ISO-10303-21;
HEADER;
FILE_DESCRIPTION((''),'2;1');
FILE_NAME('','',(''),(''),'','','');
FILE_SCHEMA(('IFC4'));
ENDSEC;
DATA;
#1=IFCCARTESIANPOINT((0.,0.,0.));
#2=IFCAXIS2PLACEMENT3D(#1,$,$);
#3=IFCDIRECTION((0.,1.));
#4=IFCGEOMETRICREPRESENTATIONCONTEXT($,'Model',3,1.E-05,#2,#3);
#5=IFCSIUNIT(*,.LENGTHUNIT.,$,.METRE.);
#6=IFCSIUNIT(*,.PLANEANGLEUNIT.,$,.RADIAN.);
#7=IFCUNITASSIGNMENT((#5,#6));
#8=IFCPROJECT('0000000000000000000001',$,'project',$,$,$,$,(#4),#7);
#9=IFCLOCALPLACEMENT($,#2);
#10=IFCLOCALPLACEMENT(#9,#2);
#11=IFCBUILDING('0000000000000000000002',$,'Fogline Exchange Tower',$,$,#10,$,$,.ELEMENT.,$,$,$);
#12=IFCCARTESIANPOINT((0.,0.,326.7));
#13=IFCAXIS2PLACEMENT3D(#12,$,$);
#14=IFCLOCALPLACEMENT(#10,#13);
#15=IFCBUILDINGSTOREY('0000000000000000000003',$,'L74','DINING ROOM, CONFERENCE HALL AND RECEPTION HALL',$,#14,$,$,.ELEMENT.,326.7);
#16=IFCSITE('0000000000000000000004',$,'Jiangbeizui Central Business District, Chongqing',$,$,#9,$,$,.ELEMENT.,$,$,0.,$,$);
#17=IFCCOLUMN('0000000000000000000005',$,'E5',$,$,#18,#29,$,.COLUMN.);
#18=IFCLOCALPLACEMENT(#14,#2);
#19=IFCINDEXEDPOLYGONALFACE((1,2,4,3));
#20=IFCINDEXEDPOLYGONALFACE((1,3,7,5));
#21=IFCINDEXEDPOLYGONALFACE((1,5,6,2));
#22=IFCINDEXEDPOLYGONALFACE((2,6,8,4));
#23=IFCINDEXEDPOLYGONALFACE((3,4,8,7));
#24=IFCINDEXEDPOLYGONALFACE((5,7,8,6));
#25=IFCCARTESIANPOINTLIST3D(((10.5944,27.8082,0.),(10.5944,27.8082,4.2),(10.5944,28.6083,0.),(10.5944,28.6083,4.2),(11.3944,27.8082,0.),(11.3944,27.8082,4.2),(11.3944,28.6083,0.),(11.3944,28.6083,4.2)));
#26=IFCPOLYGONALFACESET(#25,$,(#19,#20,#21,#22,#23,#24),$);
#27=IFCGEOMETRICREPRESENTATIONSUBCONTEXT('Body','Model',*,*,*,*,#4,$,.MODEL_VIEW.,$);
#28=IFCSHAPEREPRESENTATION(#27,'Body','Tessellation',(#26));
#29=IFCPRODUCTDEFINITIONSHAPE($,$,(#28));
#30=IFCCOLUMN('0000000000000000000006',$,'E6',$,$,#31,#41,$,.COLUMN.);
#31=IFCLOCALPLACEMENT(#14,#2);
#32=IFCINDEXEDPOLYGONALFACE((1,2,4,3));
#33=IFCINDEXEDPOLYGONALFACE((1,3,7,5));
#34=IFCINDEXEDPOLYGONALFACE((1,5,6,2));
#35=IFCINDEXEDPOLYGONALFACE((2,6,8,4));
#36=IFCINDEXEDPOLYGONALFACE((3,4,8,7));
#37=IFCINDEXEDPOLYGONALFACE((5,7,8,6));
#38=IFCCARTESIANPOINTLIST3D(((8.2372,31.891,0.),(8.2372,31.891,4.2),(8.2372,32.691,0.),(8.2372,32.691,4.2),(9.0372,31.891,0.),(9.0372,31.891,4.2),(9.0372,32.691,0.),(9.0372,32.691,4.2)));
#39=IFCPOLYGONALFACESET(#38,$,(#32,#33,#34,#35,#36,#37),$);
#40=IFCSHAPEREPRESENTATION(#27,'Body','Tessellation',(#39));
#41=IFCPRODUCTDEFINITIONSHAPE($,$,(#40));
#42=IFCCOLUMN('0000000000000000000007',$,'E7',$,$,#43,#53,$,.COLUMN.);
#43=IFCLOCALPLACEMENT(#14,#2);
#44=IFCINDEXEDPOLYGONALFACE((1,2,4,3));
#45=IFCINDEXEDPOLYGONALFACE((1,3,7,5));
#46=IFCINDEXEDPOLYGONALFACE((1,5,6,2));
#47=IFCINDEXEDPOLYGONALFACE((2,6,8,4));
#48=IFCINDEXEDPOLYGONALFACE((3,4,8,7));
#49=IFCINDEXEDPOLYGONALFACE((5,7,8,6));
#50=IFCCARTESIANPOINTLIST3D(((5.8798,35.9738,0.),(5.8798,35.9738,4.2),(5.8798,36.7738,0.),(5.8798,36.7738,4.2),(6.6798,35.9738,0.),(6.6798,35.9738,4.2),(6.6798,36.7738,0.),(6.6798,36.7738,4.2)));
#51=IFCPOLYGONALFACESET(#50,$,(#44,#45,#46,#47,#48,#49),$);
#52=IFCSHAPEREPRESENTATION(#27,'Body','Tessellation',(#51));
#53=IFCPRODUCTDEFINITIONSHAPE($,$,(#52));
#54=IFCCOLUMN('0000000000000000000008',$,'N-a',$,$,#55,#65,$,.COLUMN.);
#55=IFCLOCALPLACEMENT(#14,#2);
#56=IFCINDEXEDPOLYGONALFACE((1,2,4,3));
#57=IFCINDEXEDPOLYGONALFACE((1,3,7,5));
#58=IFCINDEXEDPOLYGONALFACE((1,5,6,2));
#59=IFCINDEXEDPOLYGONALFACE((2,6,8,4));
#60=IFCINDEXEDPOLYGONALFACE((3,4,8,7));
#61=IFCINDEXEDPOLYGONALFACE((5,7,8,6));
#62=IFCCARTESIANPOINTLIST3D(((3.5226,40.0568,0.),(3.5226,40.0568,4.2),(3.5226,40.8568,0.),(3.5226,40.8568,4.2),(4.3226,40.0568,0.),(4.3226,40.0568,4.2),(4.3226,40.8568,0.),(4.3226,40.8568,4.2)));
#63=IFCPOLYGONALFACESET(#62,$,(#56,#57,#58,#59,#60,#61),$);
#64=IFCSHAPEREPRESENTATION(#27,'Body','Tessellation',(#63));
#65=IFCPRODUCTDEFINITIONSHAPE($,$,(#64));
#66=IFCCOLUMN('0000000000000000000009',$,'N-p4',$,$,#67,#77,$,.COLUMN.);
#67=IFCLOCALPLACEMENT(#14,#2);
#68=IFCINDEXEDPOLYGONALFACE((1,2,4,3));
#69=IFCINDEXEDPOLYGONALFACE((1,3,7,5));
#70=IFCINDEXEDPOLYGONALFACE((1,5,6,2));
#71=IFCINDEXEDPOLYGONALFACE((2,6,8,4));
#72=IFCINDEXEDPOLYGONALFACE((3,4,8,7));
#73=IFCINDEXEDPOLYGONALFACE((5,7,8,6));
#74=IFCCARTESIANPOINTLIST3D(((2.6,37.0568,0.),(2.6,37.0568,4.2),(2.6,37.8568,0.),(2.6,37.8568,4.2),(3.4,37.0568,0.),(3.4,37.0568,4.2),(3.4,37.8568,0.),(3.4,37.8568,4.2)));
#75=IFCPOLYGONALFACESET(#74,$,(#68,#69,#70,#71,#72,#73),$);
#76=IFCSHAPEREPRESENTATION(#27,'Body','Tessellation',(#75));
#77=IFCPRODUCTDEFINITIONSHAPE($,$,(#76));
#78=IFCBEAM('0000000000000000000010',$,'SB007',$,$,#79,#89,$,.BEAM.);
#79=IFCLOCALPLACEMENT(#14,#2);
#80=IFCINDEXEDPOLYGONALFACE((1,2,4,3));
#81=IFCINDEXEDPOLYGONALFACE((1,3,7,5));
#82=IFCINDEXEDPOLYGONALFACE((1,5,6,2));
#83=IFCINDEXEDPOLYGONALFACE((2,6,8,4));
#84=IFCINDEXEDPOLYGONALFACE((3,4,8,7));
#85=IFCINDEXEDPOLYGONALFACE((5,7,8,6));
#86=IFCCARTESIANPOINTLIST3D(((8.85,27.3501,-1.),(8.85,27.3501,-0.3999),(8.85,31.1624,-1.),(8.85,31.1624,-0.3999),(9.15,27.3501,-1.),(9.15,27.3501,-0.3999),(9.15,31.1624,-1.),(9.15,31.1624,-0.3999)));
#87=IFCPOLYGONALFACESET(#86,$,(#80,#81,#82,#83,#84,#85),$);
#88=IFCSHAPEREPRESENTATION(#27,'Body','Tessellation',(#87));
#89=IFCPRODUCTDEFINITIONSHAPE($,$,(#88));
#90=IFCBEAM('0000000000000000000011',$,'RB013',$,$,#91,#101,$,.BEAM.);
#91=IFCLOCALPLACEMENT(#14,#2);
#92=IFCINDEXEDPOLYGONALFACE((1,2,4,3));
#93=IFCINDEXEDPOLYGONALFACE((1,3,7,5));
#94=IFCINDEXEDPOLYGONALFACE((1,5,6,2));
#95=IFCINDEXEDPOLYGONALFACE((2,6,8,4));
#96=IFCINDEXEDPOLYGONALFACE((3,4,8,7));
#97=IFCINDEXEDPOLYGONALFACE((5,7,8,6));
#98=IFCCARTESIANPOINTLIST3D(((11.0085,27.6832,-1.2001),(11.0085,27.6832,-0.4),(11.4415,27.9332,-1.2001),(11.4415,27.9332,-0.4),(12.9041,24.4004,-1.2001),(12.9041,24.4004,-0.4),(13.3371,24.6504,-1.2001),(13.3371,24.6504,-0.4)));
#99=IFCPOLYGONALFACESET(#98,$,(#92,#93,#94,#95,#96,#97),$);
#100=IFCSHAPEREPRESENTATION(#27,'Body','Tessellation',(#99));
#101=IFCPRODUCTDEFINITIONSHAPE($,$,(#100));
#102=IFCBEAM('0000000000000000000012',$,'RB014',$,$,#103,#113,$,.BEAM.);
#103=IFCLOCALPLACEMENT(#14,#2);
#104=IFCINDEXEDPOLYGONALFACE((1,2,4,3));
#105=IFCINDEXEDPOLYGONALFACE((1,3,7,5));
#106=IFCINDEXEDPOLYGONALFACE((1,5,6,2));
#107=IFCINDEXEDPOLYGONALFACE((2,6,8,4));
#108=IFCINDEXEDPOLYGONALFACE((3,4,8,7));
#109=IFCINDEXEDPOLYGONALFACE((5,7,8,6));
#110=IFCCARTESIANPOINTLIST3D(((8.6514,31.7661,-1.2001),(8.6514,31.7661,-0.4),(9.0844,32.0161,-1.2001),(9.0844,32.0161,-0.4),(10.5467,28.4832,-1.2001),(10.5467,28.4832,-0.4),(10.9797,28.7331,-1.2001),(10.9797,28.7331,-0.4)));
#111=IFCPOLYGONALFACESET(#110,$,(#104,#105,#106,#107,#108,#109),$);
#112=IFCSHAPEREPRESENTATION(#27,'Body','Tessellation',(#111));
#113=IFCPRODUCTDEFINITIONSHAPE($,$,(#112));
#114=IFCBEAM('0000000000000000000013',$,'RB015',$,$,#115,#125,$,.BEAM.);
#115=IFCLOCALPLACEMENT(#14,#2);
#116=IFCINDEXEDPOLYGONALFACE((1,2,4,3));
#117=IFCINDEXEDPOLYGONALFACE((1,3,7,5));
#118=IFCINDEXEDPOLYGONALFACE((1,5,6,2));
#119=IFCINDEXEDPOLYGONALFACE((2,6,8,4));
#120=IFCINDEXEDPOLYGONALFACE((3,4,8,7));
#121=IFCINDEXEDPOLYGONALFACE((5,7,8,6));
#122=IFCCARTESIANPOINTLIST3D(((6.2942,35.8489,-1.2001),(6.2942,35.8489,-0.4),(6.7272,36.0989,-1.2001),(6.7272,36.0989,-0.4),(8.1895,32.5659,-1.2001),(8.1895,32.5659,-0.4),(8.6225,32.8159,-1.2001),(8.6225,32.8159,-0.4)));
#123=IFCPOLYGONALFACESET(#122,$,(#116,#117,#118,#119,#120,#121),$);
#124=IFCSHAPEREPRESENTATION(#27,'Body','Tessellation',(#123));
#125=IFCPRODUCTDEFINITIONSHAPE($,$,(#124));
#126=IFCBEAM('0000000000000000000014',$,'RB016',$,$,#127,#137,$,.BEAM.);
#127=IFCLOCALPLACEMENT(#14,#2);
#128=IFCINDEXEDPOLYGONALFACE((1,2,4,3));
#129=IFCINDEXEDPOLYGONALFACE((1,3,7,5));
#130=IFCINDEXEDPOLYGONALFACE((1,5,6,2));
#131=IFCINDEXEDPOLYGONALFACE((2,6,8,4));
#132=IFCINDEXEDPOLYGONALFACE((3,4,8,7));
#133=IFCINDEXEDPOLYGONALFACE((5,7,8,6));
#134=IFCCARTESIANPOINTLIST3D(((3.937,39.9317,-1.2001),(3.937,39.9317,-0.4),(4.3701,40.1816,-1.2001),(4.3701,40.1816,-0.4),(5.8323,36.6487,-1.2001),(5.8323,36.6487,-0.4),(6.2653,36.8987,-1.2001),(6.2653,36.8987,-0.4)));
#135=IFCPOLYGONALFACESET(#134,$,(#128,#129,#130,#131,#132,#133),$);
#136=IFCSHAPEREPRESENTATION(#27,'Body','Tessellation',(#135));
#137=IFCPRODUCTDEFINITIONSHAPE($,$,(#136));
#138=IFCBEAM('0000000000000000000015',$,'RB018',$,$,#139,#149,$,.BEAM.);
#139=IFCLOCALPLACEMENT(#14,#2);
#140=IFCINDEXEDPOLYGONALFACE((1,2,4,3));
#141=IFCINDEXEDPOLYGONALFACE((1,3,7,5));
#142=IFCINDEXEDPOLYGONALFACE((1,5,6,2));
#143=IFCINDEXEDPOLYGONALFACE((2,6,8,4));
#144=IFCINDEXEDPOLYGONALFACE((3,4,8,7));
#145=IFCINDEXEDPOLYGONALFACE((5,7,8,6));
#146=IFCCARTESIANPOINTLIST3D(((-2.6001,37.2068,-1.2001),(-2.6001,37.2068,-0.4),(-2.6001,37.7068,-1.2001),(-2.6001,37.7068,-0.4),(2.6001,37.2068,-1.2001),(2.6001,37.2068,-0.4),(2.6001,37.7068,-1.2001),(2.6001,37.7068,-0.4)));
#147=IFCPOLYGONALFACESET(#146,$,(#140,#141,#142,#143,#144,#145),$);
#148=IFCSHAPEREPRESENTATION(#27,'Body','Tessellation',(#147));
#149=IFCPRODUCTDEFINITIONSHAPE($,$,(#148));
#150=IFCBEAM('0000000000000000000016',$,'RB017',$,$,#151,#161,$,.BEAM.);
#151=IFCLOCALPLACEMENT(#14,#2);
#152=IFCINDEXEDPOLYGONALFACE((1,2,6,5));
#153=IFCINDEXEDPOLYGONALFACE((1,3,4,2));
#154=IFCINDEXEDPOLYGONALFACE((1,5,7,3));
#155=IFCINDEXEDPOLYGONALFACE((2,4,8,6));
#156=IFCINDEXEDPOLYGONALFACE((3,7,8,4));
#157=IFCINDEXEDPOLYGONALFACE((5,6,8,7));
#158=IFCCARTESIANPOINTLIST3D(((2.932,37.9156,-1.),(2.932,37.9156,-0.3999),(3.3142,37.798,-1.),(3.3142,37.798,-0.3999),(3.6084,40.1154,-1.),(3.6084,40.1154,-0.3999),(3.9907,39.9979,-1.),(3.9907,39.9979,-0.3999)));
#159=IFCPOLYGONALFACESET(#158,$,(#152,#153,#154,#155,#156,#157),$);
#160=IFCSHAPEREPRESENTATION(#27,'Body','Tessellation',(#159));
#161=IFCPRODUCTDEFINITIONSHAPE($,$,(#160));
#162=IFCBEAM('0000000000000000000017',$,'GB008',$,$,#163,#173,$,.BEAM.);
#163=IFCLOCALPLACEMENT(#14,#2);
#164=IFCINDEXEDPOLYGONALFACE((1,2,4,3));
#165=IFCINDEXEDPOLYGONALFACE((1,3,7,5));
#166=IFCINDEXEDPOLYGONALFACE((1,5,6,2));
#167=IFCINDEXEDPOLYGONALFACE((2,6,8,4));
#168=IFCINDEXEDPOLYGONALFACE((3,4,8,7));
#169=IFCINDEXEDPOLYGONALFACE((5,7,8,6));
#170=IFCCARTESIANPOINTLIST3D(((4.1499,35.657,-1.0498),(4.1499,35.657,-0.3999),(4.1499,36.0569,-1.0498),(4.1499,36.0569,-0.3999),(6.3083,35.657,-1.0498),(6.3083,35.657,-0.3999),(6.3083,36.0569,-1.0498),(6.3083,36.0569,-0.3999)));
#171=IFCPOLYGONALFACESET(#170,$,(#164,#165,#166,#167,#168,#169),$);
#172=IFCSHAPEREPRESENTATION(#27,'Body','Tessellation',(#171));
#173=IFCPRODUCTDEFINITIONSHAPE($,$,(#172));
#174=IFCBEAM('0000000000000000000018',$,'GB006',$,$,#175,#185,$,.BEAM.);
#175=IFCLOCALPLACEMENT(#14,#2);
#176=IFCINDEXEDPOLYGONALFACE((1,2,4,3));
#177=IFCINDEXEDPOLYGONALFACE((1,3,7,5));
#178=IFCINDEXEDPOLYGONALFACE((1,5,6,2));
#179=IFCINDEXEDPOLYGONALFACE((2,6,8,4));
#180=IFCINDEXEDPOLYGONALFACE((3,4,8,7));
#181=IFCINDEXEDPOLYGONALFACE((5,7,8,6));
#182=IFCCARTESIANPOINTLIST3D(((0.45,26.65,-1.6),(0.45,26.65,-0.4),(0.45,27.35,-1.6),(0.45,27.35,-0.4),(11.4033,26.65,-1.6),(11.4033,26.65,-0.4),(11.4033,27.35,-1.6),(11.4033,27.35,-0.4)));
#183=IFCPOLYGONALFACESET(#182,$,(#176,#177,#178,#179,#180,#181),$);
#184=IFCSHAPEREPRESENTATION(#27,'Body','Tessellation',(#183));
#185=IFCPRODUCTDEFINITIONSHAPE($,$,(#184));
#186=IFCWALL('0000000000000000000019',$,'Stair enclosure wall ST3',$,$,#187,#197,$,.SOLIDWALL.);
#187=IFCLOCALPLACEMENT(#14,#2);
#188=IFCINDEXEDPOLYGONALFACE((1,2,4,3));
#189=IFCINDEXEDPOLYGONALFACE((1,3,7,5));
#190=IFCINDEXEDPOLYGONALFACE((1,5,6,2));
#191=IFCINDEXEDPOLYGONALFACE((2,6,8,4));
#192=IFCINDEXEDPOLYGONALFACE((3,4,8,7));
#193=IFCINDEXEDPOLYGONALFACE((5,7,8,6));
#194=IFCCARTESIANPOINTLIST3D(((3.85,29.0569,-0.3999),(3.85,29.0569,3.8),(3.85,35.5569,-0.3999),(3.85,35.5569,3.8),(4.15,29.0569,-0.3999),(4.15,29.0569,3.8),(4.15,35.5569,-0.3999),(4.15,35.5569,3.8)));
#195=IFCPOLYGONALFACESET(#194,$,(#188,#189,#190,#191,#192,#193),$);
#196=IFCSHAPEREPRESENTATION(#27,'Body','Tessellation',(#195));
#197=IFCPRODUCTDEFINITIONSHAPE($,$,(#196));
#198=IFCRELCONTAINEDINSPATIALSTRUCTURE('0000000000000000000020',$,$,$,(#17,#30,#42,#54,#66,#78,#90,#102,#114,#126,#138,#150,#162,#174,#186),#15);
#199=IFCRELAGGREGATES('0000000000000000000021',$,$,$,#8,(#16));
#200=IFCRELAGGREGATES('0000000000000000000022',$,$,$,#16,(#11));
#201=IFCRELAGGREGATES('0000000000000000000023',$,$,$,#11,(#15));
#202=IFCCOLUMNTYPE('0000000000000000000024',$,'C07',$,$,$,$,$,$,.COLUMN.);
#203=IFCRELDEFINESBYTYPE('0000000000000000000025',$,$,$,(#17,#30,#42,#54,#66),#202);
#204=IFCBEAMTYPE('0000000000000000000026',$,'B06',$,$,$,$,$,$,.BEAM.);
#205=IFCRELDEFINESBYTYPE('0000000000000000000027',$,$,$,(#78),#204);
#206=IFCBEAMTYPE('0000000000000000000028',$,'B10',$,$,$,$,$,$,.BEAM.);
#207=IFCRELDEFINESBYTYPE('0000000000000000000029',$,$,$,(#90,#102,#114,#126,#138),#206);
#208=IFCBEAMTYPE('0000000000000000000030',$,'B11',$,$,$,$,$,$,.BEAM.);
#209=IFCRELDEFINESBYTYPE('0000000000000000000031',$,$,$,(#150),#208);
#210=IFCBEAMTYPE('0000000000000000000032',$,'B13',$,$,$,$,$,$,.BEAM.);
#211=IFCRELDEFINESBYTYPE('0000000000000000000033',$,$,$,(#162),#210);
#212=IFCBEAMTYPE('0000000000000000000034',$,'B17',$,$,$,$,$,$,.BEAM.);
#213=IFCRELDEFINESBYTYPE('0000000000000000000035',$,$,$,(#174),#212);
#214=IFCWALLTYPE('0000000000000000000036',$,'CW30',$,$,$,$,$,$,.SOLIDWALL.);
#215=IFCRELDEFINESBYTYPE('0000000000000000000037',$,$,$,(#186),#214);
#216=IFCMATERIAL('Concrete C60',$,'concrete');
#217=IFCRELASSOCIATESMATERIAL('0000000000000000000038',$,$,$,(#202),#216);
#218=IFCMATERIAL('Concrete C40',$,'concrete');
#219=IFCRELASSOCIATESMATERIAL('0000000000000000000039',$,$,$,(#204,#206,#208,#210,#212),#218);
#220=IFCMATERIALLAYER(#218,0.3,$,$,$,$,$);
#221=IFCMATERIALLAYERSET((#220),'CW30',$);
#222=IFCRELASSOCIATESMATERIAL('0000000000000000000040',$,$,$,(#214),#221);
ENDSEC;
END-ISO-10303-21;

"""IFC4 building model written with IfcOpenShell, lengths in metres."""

from ifc_helpers import new_model, si_unit, direction, frame, frame_2d, origin, origin_2d, place, context, subcontext, project, spatial, rectangle, extrude, material, layer, layer_set, material_profile, profile_set, type_object, element, save


model = new_model("IFC4")

# Units and contexts
model_context = context("Model", 3, precision=1e-05, world=origin(), true_north=direction((0.0, 1.0)))
body_context = subcontext(model_context, "Body", "Model", "MODEL_VIEW")
ifc_project = project(units=[si_unit("LENGTHUNIT", "METRE"), si_unit("PLANEANGLEUNIT", "RADIAN")], contexts=[model_context])

# Site, building, storey
site_placement = place(None, origin())
site = spatial("IfcSite", under=ifc_project, at=site_placement, Name="Jiangbeizui Central Business District, Chongqing", CompositionType="ELEMENT", RefElevation=0.0)
building_placement = place(site_placement, origin())
building = spatial("IfcBuilding", under=site, at=building_placement, Name="Fogline Exchange Tower", CompositionType="ELEMENT")
storey_placement = place(building_placement, frame((0.0, 0.0, 326.7)))
storey = spatial("IfcBuildingStorey", under=building, at=storey_placement, Name="L74", Description="DINING ROOM, CONFERENCE HALL AND RECEPTION HALL", CompositionType="ELEMENT", Elevation=326.7)

# Columns
ifc_material_1 = material(Name="Concrete C60", Category="concrete")
ifc_material_profile_1 = material_profile(ifc_material_1, rectangle(XDim=0.8, YDim=0.8, at=origin_2d()), Name="RC 800x800")
ifc_profile_set_1 = profile_set([ifc_material_profile_1], Name="Concrete C60")
column_type = type_object("IfcColumnType", Name="C07", PredefinedType="COLUMN", material=ifc_profile_set_1)
for number, where, z_axis, x_axis, name in (
    (1, (10.9944, 28.2083, 0.0), (0.0, 0.0, 1.0), (1.0, 0.0, 0.0), "E5"),
    (2, (8.6372, 32.291, 0.0), (0.0, 0.0, 1.0), (1.0, 0.0, 0.0), "E6"),
    (3, (6.2798, 36.3738, 0.0), (0.0, 0.0, 1.0), (1.0, 0.0, 0.0), "E7"),
    (4, (3.9226, 40.4568, 0.0), (0.0, 0.0, 1.0), (1.0, 0.0, 0.0), "N-a"),
    (5, (3.0, 37.4568, 0.0), (0.0, 0.0, 1.0), (1.0, 0.0, 0.0), "N-p4"),
):
    element("IfcColumn", number, at=place(storey_placement, frame(where, z_axis=z_axis, x_axis=x_axis)), inside=storey, type_object=column_type, Name=name, PredefinedType="COLUMN", context=body_context, shape_type="SweptSolid", body=[
        extrude(rectangle(XDim=0.8, YDim=0.8, at=origin_2d()), origin(), (0.0, 0.0, 1.0), 4.2),
    ])

# Beams
ifc_material_2 = material(Name="Concrete C40", Category="concrete")
ifc_material_profile_2 = material_profile(ifc_material_2, rectangle(XDim=0.3, YDim=0.6001, at=origin_2d()), Name="RC 300x600")
ifc_profile_set_2 = profile_set([ifc_material_profile_2], Name="Concrete C40")
beam_type_1 = type_object("IfcBeamType", Name="B06", PredefinedType="BEAM", material=ifc_profile_set_2)
beam_1_placement = place(storey_placement, frame((9.0, 27.3501, -0.7), z_axis=(0.0, 1.0, 0.0), x_axis=(-1.0, 0.0, 0.0)))
element("IfcBeam", 6, at=beam_1_placement, inside=storey, type_object=beam_type_1, Name="SB007", PredefinedType="BEAM", context=body_context, shape_type="SweptSolid", body=[
    extrude(rectangle(XDim=0.3, YDim=0.6001, at=origin_2d()), origin(), (0.0, 0.0, 1.0), 3.8123),
])
ifc_material_profile_3 = material_profile(ifc_material_2, rectangle(XDim=0.5, YDim=0.8, at=origin_2d()), Name="RC 500x800")
ifc_profile_set_3 = profile_set([ifc_material_profile_3], Name="Concrete C40")
beam_type_2 = type_object("IfcBeamType", Name="B10", PredefinedType="BEAM", material=ifc_profile_set_3)
for number, where, z_axis, x_axis, name in (
    (7, (13.1206, 24.5254, -0.8), (-0.500046, 0.865999, 0.0), (-0.865999, -0.500046, 0.0), "RB013"),
    (8, (10.7632, 28.6082, -0.8), (-0.49997, 0.866043, 0.0), (-0.866043, -0.49997, 0.0), "RB014"),
    (9, (8.406, 32.6909, -0.8), (-0.49997, 0.866043, 0.0), (-0.866043, -0.49997, 0.0), "RB015"),
    (10, (6.0488, 36.7737, -0.8), (-0.49997, 0.866043, 0.0), (-0.866043, -0.49997, 0.0), "RB016"),
):
    element("IfcBeam", number, at=place(storey_placement, frame(where, z_axis=z_axis, x_axis=x_axis)), inside=storey, type_object=beam_type_2, Name=name, PredefinedType="BEAM", context=body_context, shape_type="SweptSolid", body=[
        extrude(rectangle(XDim=0.5, YDim=0.8, at=origin_2d()), origin(), (0.0, 0.0, 1.0), 3.7908),
    ])
beam_2_placement = place(storey_placement, frame((2.6001, 37.4568, -0.8), z_axis=(-1.0, 0.0, 0.0), x_axis=(0.0, -1.0, 0.0)))
element("IfcBeam", 11, at=beam_2_placement, inside=storey, type_object=beam_type_2, Name="RB018", PredefinedType="BEAM", context=body_context, shape_type="SweptSolid", body=[
    extrude(rectangle(XDim=0.5, YDim=0.8, at=origin_2d()), origin(), (0.0, 0.0, 1.0), 5.2002),
])
ifc_material_profile_4 = material_profile(ifc_material_2, rectangle(XDim=0.3999, YDim=0.6001, at=origin_2d()), Name="RC 400x600")
ifc_profile_set_4 = profile_set([ifc_material_profile_4], Name="Concrete C40")
beam_type_3 = type_object("IfcBeamType", Name="B11", PredefinedType="BEAM", material=ifc_profile_set_4)
beam_3_placement = place(storey_placement, frame((3.7996, 40.0566, -0.7), z_axis=(-0.293929, -0.955827, 0.0), x_axis=(0.955827, -0.293929, 0.0)))
element("IfcBeam", 12, at=beam_3_placement, inside=storey, type_object=beam_type_3, Name="RB017", PredefinedType="BEAM", context=body_context, shape_type="SweptSolid", body=[
    extrude(rectangle(XDim=0.3999, YDim=0.6001, at=origin_2d()), origin(), (0.0, 0.0, 1.0), 2.3015),
])
ifc_material_profile_5 = material_profile(ifc_material_2, rectangle(XDim=0.3999, YDim=0.6499, at=origin_2d()), Name="RC 400x650")
ifc_profile_set_5 = profile_set([ifc_material_profile_5], Name="Concrete C40")
beam_type_4 = type_object("IfcBeamType", Name="B13", PredefinedType="BEAM", material=ifc_profile_set_5)
beam_4_placement = place(storey_placement, frame((4.1499, 35.8569, -0.7249), z_axis=(1.0, 0.0, 0.0), x_axis=(0.0, 1.0, 0.0)))
element("IfcBeam", 13, at=beam_4_placement, inside=storey, type_object=beam_type_4, Name="GB008", PredefinedType="BEAM", context=body_context, shape_type="SweptSolid", body=[
    extrude(rectangle(XDim=0.3999, YDim=0.6499, at=origin_2d()), origin(), (0.0, 0.0, 1.0), 2.1584),
])
ifc_material_profile_6 = material_profile(ifc_material_2, rectangle(XDim=0.7, YDim=1.2, at=origin_2d()), Name="RC 700x1200")
ifc_profile_set_6 = profile_set([ifc_material_profile_6], Name="Concrete C40")
beam_type_5 = type_object("IfcBeamType", Name="B17", PredefinedType="BEAM", material=ifc_profile_set_6)
beam_5_placement = place(storey_placement, frame((0.45, 27.0, -1.0), z_axis=(1.0, 0.0, 0.0), x_axis=(0.0, 1.0, 0.0)))
element("IfcBeam", 14, at=beam_5_placement, inside=storey, type_object=beam_type_5, Name="GB006", PredefinedType="BEAM", context=body_context, shape_type="SweptSolid", body=[
    extrude(rectangle(XDim=0.7, YDim=1.2, at=origin_2d()), origin(), (0.0, 0.0, 1.0), 10.9534),
])

# Wall
ifc_layer_1 = layer(ifc_material_2, 0.3)
ifc_layer_set_1 = layer_set([ifc_layer_1], Name="CW30")
wall_type_1 = type_object("IfcWallType", Name="CW30", PredefinedType="SOLIDWALL", material=ifc_layer_set_1)
wall_1_placement = place(storey_placement, frame((4.0, 29.0569, -0.3999), z_axis=(0.0, 0.0, 1.0), x_axis=(0.0, 1.0, 0.0)))
element("IfcWall", 15, at=wall_1_placement, inside=storey, type_object=wall_type_1, Name="Stair enclosure wall ST3", PredefinedType="SOLIDWALL", context=body_context, shape_type="SweptSolid", body=[
    extrude(rectangle(XDim=6.5, YDim=0.3, at=frame_2d((3.25, 0.0))), origin(), (0.0, 0.0, 1.0), 4.2),
])

save(model, "model.ifc")
